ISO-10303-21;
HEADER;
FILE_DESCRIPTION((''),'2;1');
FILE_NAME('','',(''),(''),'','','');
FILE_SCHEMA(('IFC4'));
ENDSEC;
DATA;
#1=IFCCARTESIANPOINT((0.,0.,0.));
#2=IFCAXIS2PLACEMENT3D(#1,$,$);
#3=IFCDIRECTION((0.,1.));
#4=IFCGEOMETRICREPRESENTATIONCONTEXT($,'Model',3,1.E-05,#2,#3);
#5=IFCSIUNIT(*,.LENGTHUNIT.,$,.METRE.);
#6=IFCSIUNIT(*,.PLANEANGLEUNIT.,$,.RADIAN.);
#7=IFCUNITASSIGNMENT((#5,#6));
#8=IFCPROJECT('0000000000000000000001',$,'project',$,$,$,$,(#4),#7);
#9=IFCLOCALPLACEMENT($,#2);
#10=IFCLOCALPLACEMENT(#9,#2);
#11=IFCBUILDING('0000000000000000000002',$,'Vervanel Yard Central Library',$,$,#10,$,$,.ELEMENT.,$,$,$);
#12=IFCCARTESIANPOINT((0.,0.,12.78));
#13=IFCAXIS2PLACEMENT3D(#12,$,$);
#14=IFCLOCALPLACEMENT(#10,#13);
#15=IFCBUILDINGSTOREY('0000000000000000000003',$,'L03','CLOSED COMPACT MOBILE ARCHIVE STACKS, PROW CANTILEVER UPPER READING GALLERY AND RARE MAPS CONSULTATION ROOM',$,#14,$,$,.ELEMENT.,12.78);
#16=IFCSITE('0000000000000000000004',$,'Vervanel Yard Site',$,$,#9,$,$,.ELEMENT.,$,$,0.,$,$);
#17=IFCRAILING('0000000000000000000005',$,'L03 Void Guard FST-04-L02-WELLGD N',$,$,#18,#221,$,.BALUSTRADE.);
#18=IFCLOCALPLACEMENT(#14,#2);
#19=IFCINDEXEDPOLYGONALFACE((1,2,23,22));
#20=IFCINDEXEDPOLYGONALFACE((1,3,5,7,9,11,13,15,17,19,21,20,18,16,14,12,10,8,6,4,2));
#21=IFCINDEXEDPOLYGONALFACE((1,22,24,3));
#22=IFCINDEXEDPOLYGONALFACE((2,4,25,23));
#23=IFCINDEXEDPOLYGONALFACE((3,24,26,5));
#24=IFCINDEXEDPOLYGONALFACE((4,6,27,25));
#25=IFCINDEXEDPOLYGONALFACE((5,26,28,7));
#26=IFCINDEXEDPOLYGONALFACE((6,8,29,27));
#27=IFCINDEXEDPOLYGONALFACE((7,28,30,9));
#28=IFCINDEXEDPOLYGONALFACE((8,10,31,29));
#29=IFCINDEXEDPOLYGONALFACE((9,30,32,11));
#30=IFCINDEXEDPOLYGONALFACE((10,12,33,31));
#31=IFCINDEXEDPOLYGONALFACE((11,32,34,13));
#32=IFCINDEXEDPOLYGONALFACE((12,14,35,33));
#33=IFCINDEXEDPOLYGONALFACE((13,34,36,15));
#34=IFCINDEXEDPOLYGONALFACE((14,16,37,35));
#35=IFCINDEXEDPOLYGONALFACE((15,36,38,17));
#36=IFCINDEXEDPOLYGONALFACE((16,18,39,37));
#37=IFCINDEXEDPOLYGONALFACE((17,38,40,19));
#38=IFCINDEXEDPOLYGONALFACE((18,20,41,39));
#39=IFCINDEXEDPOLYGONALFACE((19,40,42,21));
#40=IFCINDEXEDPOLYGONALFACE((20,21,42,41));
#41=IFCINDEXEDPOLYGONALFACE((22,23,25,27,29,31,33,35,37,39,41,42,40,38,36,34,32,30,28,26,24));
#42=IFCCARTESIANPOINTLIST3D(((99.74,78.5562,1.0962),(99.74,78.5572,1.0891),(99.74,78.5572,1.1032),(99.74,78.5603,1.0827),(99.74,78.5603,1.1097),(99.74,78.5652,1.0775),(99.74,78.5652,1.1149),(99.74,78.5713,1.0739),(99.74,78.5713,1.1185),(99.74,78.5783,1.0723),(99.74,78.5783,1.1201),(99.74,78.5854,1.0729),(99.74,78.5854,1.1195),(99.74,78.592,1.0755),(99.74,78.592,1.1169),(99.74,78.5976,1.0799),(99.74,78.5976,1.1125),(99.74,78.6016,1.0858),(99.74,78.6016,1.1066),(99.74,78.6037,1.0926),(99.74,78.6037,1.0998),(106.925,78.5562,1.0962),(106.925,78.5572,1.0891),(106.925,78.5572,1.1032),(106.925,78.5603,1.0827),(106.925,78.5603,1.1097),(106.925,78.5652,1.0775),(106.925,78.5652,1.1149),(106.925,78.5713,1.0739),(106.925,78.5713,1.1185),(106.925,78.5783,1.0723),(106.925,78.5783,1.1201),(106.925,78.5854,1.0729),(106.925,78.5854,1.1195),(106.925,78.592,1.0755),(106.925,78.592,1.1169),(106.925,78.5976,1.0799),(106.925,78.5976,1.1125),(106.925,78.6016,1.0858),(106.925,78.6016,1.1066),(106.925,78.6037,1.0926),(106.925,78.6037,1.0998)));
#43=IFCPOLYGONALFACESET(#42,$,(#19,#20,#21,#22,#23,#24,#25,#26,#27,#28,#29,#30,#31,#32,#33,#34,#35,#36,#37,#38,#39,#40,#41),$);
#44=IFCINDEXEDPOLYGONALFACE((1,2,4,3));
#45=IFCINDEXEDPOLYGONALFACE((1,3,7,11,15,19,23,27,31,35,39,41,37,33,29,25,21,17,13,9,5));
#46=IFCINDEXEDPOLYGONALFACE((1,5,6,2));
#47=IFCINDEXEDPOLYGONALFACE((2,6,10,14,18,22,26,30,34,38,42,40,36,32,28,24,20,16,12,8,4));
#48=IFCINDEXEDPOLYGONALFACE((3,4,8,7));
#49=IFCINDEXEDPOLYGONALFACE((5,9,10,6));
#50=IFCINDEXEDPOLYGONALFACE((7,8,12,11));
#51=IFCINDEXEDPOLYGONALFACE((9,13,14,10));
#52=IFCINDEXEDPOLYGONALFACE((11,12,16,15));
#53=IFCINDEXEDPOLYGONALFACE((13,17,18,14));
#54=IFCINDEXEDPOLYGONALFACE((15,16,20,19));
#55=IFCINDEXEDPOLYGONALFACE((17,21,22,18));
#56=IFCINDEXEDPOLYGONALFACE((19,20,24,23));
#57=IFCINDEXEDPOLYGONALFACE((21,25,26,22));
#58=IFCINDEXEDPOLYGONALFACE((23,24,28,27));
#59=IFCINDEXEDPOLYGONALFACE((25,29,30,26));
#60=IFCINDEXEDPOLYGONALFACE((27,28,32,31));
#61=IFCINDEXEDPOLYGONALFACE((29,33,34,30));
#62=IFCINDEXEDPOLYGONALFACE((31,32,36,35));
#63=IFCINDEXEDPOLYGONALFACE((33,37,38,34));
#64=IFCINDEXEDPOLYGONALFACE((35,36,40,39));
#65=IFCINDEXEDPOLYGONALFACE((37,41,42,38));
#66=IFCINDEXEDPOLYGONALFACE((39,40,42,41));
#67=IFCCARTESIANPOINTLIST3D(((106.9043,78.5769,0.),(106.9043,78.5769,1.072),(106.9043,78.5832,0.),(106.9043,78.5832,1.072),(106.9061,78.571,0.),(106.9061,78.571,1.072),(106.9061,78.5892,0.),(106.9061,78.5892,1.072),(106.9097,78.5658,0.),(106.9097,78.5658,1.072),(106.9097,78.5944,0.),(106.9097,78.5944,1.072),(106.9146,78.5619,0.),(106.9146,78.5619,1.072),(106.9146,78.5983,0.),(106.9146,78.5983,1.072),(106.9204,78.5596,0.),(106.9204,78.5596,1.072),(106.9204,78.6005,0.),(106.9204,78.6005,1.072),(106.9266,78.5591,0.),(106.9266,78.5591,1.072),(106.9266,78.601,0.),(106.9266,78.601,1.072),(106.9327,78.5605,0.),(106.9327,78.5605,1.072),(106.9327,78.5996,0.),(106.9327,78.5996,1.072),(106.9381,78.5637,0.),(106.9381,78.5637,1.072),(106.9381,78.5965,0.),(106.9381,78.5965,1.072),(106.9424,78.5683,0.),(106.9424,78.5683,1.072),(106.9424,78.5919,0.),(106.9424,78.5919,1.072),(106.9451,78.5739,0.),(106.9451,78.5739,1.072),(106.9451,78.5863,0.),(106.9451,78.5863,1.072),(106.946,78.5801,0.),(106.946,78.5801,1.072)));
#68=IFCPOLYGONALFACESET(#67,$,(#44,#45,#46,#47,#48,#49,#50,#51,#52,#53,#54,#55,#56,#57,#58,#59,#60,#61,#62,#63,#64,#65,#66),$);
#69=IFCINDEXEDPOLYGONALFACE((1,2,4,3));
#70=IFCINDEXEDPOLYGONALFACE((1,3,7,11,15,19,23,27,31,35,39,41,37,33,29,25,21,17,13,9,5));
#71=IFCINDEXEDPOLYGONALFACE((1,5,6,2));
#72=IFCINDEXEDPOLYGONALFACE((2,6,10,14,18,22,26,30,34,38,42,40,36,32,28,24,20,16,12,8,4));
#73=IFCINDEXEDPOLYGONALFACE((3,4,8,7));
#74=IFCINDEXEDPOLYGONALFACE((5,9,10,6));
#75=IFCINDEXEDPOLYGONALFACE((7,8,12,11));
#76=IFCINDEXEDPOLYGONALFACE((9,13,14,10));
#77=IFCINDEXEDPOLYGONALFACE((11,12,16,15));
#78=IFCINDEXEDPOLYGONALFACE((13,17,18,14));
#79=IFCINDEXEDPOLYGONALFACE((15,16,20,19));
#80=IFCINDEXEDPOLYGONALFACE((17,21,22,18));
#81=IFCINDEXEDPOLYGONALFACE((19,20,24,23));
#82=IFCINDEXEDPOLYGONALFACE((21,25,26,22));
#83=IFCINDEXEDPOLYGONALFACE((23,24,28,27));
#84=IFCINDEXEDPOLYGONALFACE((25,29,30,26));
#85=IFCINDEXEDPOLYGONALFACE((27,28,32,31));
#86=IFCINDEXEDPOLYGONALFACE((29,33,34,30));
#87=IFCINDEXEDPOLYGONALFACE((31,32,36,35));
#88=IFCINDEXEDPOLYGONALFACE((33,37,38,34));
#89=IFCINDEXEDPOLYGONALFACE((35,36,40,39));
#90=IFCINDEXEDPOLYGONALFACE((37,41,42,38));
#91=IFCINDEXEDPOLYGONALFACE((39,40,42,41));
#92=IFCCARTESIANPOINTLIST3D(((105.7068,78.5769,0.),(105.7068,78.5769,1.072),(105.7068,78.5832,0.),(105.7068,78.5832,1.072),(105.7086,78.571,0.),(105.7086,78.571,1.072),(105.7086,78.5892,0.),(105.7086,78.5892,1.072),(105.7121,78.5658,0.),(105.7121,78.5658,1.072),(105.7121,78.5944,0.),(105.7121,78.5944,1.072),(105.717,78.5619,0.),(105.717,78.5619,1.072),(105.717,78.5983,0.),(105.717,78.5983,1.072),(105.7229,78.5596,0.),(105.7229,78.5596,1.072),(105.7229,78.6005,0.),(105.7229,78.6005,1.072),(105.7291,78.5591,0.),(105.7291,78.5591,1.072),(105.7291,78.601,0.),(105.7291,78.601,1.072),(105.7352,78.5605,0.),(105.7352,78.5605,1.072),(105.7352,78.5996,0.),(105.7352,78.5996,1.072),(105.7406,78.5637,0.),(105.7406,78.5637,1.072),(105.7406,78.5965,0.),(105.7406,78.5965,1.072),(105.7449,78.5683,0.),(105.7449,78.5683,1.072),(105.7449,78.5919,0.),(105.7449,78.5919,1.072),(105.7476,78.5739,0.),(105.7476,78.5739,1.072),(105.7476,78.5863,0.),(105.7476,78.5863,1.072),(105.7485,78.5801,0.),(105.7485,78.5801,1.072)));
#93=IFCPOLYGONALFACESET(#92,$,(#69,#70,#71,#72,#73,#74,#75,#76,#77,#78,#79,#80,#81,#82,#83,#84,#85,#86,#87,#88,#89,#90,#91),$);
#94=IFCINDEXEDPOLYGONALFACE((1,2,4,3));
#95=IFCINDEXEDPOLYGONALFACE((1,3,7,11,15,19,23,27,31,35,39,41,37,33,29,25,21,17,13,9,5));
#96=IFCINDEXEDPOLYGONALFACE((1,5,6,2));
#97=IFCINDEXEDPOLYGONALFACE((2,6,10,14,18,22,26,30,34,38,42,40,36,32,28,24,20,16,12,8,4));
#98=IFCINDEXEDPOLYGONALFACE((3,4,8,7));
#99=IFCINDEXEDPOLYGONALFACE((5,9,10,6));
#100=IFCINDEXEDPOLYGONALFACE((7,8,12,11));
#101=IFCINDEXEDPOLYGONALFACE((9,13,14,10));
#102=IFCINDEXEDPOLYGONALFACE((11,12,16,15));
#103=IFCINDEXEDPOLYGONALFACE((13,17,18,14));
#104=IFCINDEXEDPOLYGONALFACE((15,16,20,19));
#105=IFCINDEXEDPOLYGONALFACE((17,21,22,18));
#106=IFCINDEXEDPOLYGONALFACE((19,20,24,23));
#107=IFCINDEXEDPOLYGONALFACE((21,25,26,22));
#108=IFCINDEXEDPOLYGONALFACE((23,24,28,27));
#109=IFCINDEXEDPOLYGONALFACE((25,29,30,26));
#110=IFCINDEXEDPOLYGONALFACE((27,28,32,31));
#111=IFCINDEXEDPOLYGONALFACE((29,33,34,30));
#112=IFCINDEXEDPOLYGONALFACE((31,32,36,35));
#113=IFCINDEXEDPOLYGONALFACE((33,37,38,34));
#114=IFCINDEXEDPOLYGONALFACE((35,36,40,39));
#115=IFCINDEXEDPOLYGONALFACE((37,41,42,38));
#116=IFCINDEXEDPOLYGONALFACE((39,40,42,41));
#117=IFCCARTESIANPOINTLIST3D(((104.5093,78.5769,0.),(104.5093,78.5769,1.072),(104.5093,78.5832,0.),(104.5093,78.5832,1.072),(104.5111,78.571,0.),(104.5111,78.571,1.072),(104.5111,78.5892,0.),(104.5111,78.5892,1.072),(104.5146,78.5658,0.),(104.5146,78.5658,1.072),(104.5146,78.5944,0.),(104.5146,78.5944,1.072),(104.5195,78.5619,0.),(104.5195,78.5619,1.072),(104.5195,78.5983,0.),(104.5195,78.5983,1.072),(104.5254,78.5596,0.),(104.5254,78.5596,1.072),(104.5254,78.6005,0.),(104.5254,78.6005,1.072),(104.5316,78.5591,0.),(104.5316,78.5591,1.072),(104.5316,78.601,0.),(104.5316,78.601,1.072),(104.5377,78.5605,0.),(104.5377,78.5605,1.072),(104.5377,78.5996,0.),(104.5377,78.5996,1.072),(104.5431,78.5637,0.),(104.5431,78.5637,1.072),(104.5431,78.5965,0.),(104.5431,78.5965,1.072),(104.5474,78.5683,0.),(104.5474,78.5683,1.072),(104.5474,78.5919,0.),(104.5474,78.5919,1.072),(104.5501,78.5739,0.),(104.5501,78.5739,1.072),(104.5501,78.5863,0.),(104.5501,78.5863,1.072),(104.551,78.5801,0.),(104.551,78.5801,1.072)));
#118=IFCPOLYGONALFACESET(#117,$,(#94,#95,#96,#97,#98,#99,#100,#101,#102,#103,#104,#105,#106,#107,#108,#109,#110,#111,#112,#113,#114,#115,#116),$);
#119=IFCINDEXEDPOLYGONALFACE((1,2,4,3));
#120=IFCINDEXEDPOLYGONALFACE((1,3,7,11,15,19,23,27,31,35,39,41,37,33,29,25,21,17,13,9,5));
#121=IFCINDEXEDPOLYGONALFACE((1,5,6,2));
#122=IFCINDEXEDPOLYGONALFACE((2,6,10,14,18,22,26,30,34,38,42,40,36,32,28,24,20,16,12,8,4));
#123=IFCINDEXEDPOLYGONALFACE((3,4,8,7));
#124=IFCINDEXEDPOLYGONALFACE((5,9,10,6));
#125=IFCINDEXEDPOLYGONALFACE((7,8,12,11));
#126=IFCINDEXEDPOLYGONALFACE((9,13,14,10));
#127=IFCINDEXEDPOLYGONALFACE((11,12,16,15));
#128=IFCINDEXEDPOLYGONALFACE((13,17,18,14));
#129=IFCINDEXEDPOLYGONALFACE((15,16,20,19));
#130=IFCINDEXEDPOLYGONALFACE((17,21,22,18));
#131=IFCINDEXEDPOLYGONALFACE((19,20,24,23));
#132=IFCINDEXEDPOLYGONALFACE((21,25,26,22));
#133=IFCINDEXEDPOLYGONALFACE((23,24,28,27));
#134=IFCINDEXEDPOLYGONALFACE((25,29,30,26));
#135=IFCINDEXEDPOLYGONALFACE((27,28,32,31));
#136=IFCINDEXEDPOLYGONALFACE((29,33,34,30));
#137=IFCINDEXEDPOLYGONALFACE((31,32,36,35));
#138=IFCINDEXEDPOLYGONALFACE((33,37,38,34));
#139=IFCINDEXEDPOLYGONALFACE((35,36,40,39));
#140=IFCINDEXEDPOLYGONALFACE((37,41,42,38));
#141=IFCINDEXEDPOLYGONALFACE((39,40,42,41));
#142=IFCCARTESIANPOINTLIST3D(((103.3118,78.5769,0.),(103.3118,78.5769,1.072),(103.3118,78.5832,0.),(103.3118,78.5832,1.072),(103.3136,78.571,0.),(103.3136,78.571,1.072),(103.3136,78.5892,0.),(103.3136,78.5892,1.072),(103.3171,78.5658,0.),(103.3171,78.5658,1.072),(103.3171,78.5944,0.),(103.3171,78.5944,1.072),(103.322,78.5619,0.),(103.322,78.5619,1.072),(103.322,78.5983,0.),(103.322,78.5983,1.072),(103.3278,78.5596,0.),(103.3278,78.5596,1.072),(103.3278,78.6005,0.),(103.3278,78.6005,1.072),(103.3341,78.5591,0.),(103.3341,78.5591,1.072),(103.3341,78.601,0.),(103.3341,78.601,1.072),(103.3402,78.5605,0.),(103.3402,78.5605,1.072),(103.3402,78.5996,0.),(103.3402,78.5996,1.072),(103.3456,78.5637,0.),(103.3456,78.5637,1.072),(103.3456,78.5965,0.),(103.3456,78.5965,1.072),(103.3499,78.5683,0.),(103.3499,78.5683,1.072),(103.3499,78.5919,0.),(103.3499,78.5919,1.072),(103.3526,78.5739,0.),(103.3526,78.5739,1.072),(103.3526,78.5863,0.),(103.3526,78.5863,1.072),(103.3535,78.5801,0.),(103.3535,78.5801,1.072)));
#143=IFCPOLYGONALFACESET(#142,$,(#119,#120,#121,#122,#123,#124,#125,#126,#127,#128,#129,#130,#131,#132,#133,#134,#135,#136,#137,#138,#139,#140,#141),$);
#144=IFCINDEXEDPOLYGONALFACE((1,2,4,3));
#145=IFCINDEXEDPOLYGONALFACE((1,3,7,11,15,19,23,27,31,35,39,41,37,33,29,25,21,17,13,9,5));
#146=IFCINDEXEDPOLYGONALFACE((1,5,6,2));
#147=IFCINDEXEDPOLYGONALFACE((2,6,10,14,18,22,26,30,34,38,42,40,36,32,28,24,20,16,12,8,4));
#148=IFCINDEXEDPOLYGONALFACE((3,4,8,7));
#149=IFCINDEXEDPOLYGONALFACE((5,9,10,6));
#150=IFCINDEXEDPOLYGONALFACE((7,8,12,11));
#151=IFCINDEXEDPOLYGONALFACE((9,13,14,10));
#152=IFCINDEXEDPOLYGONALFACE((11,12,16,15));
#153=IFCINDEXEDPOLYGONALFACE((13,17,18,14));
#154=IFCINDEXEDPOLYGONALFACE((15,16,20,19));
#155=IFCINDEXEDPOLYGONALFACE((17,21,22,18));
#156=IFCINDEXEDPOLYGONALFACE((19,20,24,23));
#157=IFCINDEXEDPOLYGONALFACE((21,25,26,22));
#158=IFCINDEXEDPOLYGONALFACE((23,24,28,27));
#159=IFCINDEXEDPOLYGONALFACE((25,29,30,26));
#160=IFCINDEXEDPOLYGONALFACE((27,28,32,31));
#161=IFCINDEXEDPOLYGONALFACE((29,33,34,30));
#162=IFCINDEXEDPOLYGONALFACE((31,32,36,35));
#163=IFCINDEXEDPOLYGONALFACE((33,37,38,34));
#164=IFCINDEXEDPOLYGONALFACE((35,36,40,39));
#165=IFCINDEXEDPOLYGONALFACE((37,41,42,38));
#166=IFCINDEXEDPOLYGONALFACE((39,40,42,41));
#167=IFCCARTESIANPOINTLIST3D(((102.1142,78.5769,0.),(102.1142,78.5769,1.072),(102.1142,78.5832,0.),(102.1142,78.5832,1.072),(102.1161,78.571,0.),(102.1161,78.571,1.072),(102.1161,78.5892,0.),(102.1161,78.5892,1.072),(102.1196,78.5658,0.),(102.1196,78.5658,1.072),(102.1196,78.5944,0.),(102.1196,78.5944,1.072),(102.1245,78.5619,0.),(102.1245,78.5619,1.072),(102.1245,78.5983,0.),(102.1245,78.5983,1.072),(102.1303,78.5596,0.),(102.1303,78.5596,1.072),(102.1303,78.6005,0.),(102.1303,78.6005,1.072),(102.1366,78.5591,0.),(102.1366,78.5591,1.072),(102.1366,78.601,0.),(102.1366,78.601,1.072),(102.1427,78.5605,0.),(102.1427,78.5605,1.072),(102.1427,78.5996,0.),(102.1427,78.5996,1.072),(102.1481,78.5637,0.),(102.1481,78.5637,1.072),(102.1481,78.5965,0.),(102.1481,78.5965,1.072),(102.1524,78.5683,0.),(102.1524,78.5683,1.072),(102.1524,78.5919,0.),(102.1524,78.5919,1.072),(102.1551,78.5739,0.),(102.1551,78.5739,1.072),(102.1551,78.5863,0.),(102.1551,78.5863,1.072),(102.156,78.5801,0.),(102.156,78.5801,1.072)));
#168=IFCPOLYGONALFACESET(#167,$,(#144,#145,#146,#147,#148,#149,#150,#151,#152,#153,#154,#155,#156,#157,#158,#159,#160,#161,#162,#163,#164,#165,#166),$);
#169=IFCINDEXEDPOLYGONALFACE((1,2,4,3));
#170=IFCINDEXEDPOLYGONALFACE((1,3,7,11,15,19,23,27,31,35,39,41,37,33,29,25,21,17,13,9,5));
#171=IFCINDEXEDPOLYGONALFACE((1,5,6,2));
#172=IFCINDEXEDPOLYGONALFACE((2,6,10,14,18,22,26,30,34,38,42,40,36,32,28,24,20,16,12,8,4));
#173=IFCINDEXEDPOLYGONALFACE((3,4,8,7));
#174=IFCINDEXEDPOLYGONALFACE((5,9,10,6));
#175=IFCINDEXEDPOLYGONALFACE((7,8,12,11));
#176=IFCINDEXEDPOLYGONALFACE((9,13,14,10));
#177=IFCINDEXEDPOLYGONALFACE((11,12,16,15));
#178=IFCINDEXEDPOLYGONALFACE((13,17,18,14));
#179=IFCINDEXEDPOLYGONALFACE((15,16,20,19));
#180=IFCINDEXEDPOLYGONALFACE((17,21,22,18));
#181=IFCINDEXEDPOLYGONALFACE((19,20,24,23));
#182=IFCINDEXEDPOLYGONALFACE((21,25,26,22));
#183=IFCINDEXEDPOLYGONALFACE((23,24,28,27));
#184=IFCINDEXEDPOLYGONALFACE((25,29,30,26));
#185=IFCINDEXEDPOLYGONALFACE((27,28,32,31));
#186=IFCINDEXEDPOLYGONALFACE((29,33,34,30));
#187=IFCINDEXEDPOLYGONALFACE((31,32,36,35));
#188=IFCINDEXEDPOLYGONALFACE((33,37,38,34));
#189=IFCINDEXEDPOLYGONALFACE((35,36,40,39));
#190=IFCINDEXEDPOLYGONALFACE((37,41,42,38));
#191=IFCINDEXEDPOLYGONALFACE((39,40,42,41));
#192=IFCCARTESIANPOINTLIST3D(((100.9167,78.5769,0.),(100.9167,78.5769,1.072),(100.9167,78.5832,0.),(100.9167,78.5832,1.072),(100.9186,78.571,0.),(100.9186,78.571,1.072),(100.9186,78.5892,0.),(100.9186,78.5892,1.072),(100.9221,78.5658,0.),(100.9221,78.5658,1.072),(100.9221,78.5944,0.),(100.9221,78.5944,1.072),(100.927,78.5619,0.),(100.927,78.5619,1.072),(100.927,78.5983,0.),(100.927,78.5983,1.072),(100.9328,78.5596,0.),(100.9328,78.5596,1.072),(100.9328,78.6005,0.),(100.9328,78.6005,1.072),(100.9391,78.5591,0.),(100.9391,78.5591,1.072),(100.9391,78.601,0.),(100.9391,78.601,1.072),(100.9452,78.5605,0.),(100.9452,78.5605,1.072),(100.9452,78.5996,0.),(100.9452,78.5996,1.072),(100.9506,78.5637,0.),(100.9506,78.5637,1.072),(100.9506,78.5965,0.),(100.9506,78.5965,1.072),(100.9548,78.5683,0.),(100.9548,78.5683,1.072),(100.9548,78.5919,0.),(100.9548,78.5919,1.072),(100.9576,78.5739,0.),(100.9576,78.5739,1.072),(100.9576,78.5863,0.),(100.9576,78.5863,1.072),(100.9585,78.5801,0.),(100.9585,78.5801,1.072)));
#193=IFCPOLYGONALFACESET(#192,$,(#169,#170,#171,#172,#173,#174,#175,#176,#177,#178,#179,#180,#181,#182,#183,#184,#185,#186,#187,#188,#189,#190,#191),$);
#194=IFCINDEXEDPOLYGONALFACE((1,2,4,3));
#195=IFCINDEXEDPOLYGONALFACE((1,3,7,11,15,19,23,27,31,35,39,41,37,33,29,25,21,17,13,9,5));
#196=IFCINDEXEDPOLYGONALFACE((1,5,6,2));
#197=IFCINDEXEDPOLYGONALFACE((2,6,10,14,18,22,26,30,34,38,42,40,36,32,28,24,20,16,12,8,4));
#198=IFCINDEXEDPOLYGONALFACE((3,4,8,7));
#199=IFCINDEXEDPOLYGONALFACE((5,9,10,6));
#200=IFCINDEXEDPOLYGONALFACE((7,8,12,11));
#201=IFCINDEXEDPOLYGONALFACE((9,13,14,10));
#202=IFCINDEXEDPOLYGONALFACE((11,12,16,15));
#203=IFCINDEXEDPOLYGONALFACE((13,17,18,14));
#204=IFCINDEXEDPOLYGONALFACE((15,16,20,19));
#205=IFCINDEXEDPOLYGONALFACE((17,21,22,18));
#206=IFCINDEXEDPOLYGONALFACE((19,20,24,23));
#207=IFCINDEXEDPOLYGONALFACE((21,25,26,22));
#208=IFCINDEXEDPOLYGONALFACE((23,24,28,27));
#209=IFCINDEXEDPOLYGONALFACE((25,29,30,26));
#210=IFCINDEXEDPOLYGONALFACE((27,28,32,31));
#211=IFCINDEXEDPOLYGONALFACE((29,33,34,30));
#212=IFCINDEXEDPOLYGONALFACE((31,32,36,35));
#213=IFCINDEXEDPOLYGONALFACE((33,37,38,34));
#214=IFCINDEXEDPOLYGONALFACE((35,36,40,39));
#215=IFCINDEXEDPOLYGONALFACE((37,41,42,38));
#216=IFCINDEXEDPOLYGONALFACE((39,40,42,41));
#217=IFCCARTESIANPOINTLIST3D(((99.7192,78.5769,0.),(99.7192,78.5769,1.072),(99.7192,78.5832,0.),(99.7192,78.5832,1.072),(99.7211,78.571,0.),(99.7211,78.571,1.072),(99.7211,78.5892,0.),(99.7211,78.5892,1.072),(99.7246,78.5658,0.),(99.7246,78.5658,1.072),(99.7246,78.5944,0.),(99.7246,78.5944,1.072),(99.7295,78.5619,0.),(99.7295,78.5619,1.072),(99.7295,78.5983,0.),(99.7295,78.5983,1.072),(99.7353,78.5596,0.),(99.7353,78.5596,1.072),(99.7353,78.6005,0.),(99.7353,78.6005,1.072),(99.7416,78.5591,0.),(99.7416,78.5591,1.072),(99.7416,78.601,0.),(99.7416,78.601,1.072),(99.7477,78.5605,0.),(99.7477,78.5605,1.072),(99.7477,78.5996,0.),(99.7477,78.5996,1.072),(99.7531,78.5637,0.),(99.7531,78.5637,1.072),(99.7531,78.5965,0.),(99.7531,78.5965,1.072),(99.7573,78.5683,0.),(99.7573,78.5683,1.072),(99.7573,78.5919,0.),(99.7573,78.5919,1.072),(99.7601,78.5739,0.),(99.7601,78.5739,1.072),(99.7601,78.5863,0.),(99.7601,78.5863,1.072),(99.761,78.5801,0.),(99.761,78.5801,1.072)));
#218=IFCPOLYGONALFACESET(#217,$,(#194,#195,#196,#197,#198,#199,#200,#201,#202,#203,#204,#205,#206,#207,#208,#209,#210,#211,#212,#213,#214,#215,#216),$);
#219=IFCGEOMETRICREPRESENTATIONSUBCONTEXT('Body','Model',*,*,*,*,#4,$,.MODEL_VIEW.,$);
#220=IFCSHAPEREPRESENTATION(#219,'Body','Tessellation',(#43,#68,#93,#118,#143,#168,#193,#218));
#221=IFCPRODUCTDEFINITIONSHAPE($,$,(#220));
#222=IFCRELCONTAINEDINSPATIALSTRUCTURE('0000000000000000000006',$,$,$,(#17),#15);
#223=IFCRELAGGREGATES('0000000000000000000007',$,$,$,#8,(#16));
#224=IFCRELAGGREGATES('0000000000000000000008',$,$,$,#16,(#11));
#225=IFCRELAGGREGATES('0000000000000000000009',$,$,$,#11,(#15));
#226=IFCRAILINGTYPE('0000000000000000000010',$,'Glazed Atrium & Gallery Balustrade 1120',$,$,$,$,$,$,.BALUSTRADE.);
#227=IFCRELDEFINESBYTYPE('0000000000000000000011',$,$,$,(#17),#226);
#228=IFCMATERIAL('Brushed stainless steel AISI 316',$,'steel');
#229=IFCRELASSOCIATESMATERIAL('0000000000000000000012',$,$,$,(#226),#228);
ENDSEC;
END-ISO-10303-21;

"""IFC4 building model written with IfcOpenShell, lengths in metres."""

from ifc_helpers import new_model, si_unit, direction, frame, origin, origin_2d, place, context, subcontext, project, spatial, circle, extrude, material, type_object, element, save


model = new_model("IFC4")

# Units and contexts
model_context = context("Model", 3, precision=1e-05, world=origin(), true_north=direction((0.0, 1.0)))
body_context = subcontext(model_context, "Body", "Model", "MODEL_VIEW")
ifc_project = project(units=[si_unit("LENGTHUNIT", "METRE"), si_unit("PLANEANGLEUNIT", "RADIAN")], contexts=[model_context])

# Site, building, storey
site_placement = place(None, origin())
site = spatial("IfcSite", under=ifc_project, at=site_placement, Name="Vervanel Yard Site", CompositionType="ELEMENT", RefElevation=0.0)
building_placement = place(site_placement, origin())
building = spatial("IfcBuilding", under=site, at=building_placement, Name="Vervanel Yard Central Library", CompositionType="ELEMENT")
storey_placement = place(building_placement, frame((0.0, 0.0, 12.78)))
storey = spatial("IfcBuildingStorey", under=building, at=storey_placement, Name="L03", Description="CLOSED COMPACT MOBILE ARCHIVE STACKS, PROW CANTILEVER UPPER READING GALLERY AND RARE MAPS CONSULTATION ROOM", CompositionType="ELEMENT", Elevation=12.78)

# Railing
ifc_material_1 = material(Name="Brushed stainless steel AISI 316", Category="steel")
railing_type = type_object("IfcRailingType", Name="Glazed Atrium & Gallery Balustrade 1120", PredefinedType="BALUSTRADE", material=ifc_material_1)
railing_1_placement = place(storey_placement, frame((106.925, 78.5801, 0.0)))
element("IfcRailing", 1, at=railing_1_placement, inside=storey, type_object=railing_type, Name="L03 Void Guard FST-04-L02-WELLGD N", PredefinedType="BALUSTRADE", context=body_context, shape_type="SweptSolid", body=[
    extrude(circle(Radius=0.0239, at=origin_2d()), frame((0.0, 0.0, 1.0962), z_axis=(-1.0, 0.0, 0.0), x_axis=(0.0, -1.0, 0.0)), (0.0, 0.0, 1.0), 7.1851),
    extrude(circle(Radius=0.021, at=origin_2d()), origin(), (0.0, 0.0, 1.0), 1.072),
    extrude(circle(Radius=0.021, at=origin_2d()), frame((-1.1975, 0.0, 0.0)), (0.0, 0.0, 1.0), 1.072),
    extrude(circle(Radius=0.021, at=origin_2d()), frame((-2.395, 0.0, 0.0)), (0.0, 0.0, 1.0), 1.072),
    extrude(circle(Radius=0.021, at=origin_2d()), frame((-3.5925, 0.0, 0.0)), (0.0, 0.0, 1.0), 1.072),
    extrude(circle(Radius=0.021, at=origin_2d()), frame((-4.79, 0.0, 0.0)), (0.0, 0.0, 1.0), 1.072),
    extrude(circle(Radius=0.021, at=origin_2d()), frame((-5.9875, 0.0, 0.0)), (0.0, 0.0, 1.0), 1.072),
    extrude(circle(Radius=0.021, at=origin_2d()), frame((-7.1851, 0.0, 0.0)), (0.0, 0.0, 1.0), 1.072),
])

save(model, "model.ifc")
